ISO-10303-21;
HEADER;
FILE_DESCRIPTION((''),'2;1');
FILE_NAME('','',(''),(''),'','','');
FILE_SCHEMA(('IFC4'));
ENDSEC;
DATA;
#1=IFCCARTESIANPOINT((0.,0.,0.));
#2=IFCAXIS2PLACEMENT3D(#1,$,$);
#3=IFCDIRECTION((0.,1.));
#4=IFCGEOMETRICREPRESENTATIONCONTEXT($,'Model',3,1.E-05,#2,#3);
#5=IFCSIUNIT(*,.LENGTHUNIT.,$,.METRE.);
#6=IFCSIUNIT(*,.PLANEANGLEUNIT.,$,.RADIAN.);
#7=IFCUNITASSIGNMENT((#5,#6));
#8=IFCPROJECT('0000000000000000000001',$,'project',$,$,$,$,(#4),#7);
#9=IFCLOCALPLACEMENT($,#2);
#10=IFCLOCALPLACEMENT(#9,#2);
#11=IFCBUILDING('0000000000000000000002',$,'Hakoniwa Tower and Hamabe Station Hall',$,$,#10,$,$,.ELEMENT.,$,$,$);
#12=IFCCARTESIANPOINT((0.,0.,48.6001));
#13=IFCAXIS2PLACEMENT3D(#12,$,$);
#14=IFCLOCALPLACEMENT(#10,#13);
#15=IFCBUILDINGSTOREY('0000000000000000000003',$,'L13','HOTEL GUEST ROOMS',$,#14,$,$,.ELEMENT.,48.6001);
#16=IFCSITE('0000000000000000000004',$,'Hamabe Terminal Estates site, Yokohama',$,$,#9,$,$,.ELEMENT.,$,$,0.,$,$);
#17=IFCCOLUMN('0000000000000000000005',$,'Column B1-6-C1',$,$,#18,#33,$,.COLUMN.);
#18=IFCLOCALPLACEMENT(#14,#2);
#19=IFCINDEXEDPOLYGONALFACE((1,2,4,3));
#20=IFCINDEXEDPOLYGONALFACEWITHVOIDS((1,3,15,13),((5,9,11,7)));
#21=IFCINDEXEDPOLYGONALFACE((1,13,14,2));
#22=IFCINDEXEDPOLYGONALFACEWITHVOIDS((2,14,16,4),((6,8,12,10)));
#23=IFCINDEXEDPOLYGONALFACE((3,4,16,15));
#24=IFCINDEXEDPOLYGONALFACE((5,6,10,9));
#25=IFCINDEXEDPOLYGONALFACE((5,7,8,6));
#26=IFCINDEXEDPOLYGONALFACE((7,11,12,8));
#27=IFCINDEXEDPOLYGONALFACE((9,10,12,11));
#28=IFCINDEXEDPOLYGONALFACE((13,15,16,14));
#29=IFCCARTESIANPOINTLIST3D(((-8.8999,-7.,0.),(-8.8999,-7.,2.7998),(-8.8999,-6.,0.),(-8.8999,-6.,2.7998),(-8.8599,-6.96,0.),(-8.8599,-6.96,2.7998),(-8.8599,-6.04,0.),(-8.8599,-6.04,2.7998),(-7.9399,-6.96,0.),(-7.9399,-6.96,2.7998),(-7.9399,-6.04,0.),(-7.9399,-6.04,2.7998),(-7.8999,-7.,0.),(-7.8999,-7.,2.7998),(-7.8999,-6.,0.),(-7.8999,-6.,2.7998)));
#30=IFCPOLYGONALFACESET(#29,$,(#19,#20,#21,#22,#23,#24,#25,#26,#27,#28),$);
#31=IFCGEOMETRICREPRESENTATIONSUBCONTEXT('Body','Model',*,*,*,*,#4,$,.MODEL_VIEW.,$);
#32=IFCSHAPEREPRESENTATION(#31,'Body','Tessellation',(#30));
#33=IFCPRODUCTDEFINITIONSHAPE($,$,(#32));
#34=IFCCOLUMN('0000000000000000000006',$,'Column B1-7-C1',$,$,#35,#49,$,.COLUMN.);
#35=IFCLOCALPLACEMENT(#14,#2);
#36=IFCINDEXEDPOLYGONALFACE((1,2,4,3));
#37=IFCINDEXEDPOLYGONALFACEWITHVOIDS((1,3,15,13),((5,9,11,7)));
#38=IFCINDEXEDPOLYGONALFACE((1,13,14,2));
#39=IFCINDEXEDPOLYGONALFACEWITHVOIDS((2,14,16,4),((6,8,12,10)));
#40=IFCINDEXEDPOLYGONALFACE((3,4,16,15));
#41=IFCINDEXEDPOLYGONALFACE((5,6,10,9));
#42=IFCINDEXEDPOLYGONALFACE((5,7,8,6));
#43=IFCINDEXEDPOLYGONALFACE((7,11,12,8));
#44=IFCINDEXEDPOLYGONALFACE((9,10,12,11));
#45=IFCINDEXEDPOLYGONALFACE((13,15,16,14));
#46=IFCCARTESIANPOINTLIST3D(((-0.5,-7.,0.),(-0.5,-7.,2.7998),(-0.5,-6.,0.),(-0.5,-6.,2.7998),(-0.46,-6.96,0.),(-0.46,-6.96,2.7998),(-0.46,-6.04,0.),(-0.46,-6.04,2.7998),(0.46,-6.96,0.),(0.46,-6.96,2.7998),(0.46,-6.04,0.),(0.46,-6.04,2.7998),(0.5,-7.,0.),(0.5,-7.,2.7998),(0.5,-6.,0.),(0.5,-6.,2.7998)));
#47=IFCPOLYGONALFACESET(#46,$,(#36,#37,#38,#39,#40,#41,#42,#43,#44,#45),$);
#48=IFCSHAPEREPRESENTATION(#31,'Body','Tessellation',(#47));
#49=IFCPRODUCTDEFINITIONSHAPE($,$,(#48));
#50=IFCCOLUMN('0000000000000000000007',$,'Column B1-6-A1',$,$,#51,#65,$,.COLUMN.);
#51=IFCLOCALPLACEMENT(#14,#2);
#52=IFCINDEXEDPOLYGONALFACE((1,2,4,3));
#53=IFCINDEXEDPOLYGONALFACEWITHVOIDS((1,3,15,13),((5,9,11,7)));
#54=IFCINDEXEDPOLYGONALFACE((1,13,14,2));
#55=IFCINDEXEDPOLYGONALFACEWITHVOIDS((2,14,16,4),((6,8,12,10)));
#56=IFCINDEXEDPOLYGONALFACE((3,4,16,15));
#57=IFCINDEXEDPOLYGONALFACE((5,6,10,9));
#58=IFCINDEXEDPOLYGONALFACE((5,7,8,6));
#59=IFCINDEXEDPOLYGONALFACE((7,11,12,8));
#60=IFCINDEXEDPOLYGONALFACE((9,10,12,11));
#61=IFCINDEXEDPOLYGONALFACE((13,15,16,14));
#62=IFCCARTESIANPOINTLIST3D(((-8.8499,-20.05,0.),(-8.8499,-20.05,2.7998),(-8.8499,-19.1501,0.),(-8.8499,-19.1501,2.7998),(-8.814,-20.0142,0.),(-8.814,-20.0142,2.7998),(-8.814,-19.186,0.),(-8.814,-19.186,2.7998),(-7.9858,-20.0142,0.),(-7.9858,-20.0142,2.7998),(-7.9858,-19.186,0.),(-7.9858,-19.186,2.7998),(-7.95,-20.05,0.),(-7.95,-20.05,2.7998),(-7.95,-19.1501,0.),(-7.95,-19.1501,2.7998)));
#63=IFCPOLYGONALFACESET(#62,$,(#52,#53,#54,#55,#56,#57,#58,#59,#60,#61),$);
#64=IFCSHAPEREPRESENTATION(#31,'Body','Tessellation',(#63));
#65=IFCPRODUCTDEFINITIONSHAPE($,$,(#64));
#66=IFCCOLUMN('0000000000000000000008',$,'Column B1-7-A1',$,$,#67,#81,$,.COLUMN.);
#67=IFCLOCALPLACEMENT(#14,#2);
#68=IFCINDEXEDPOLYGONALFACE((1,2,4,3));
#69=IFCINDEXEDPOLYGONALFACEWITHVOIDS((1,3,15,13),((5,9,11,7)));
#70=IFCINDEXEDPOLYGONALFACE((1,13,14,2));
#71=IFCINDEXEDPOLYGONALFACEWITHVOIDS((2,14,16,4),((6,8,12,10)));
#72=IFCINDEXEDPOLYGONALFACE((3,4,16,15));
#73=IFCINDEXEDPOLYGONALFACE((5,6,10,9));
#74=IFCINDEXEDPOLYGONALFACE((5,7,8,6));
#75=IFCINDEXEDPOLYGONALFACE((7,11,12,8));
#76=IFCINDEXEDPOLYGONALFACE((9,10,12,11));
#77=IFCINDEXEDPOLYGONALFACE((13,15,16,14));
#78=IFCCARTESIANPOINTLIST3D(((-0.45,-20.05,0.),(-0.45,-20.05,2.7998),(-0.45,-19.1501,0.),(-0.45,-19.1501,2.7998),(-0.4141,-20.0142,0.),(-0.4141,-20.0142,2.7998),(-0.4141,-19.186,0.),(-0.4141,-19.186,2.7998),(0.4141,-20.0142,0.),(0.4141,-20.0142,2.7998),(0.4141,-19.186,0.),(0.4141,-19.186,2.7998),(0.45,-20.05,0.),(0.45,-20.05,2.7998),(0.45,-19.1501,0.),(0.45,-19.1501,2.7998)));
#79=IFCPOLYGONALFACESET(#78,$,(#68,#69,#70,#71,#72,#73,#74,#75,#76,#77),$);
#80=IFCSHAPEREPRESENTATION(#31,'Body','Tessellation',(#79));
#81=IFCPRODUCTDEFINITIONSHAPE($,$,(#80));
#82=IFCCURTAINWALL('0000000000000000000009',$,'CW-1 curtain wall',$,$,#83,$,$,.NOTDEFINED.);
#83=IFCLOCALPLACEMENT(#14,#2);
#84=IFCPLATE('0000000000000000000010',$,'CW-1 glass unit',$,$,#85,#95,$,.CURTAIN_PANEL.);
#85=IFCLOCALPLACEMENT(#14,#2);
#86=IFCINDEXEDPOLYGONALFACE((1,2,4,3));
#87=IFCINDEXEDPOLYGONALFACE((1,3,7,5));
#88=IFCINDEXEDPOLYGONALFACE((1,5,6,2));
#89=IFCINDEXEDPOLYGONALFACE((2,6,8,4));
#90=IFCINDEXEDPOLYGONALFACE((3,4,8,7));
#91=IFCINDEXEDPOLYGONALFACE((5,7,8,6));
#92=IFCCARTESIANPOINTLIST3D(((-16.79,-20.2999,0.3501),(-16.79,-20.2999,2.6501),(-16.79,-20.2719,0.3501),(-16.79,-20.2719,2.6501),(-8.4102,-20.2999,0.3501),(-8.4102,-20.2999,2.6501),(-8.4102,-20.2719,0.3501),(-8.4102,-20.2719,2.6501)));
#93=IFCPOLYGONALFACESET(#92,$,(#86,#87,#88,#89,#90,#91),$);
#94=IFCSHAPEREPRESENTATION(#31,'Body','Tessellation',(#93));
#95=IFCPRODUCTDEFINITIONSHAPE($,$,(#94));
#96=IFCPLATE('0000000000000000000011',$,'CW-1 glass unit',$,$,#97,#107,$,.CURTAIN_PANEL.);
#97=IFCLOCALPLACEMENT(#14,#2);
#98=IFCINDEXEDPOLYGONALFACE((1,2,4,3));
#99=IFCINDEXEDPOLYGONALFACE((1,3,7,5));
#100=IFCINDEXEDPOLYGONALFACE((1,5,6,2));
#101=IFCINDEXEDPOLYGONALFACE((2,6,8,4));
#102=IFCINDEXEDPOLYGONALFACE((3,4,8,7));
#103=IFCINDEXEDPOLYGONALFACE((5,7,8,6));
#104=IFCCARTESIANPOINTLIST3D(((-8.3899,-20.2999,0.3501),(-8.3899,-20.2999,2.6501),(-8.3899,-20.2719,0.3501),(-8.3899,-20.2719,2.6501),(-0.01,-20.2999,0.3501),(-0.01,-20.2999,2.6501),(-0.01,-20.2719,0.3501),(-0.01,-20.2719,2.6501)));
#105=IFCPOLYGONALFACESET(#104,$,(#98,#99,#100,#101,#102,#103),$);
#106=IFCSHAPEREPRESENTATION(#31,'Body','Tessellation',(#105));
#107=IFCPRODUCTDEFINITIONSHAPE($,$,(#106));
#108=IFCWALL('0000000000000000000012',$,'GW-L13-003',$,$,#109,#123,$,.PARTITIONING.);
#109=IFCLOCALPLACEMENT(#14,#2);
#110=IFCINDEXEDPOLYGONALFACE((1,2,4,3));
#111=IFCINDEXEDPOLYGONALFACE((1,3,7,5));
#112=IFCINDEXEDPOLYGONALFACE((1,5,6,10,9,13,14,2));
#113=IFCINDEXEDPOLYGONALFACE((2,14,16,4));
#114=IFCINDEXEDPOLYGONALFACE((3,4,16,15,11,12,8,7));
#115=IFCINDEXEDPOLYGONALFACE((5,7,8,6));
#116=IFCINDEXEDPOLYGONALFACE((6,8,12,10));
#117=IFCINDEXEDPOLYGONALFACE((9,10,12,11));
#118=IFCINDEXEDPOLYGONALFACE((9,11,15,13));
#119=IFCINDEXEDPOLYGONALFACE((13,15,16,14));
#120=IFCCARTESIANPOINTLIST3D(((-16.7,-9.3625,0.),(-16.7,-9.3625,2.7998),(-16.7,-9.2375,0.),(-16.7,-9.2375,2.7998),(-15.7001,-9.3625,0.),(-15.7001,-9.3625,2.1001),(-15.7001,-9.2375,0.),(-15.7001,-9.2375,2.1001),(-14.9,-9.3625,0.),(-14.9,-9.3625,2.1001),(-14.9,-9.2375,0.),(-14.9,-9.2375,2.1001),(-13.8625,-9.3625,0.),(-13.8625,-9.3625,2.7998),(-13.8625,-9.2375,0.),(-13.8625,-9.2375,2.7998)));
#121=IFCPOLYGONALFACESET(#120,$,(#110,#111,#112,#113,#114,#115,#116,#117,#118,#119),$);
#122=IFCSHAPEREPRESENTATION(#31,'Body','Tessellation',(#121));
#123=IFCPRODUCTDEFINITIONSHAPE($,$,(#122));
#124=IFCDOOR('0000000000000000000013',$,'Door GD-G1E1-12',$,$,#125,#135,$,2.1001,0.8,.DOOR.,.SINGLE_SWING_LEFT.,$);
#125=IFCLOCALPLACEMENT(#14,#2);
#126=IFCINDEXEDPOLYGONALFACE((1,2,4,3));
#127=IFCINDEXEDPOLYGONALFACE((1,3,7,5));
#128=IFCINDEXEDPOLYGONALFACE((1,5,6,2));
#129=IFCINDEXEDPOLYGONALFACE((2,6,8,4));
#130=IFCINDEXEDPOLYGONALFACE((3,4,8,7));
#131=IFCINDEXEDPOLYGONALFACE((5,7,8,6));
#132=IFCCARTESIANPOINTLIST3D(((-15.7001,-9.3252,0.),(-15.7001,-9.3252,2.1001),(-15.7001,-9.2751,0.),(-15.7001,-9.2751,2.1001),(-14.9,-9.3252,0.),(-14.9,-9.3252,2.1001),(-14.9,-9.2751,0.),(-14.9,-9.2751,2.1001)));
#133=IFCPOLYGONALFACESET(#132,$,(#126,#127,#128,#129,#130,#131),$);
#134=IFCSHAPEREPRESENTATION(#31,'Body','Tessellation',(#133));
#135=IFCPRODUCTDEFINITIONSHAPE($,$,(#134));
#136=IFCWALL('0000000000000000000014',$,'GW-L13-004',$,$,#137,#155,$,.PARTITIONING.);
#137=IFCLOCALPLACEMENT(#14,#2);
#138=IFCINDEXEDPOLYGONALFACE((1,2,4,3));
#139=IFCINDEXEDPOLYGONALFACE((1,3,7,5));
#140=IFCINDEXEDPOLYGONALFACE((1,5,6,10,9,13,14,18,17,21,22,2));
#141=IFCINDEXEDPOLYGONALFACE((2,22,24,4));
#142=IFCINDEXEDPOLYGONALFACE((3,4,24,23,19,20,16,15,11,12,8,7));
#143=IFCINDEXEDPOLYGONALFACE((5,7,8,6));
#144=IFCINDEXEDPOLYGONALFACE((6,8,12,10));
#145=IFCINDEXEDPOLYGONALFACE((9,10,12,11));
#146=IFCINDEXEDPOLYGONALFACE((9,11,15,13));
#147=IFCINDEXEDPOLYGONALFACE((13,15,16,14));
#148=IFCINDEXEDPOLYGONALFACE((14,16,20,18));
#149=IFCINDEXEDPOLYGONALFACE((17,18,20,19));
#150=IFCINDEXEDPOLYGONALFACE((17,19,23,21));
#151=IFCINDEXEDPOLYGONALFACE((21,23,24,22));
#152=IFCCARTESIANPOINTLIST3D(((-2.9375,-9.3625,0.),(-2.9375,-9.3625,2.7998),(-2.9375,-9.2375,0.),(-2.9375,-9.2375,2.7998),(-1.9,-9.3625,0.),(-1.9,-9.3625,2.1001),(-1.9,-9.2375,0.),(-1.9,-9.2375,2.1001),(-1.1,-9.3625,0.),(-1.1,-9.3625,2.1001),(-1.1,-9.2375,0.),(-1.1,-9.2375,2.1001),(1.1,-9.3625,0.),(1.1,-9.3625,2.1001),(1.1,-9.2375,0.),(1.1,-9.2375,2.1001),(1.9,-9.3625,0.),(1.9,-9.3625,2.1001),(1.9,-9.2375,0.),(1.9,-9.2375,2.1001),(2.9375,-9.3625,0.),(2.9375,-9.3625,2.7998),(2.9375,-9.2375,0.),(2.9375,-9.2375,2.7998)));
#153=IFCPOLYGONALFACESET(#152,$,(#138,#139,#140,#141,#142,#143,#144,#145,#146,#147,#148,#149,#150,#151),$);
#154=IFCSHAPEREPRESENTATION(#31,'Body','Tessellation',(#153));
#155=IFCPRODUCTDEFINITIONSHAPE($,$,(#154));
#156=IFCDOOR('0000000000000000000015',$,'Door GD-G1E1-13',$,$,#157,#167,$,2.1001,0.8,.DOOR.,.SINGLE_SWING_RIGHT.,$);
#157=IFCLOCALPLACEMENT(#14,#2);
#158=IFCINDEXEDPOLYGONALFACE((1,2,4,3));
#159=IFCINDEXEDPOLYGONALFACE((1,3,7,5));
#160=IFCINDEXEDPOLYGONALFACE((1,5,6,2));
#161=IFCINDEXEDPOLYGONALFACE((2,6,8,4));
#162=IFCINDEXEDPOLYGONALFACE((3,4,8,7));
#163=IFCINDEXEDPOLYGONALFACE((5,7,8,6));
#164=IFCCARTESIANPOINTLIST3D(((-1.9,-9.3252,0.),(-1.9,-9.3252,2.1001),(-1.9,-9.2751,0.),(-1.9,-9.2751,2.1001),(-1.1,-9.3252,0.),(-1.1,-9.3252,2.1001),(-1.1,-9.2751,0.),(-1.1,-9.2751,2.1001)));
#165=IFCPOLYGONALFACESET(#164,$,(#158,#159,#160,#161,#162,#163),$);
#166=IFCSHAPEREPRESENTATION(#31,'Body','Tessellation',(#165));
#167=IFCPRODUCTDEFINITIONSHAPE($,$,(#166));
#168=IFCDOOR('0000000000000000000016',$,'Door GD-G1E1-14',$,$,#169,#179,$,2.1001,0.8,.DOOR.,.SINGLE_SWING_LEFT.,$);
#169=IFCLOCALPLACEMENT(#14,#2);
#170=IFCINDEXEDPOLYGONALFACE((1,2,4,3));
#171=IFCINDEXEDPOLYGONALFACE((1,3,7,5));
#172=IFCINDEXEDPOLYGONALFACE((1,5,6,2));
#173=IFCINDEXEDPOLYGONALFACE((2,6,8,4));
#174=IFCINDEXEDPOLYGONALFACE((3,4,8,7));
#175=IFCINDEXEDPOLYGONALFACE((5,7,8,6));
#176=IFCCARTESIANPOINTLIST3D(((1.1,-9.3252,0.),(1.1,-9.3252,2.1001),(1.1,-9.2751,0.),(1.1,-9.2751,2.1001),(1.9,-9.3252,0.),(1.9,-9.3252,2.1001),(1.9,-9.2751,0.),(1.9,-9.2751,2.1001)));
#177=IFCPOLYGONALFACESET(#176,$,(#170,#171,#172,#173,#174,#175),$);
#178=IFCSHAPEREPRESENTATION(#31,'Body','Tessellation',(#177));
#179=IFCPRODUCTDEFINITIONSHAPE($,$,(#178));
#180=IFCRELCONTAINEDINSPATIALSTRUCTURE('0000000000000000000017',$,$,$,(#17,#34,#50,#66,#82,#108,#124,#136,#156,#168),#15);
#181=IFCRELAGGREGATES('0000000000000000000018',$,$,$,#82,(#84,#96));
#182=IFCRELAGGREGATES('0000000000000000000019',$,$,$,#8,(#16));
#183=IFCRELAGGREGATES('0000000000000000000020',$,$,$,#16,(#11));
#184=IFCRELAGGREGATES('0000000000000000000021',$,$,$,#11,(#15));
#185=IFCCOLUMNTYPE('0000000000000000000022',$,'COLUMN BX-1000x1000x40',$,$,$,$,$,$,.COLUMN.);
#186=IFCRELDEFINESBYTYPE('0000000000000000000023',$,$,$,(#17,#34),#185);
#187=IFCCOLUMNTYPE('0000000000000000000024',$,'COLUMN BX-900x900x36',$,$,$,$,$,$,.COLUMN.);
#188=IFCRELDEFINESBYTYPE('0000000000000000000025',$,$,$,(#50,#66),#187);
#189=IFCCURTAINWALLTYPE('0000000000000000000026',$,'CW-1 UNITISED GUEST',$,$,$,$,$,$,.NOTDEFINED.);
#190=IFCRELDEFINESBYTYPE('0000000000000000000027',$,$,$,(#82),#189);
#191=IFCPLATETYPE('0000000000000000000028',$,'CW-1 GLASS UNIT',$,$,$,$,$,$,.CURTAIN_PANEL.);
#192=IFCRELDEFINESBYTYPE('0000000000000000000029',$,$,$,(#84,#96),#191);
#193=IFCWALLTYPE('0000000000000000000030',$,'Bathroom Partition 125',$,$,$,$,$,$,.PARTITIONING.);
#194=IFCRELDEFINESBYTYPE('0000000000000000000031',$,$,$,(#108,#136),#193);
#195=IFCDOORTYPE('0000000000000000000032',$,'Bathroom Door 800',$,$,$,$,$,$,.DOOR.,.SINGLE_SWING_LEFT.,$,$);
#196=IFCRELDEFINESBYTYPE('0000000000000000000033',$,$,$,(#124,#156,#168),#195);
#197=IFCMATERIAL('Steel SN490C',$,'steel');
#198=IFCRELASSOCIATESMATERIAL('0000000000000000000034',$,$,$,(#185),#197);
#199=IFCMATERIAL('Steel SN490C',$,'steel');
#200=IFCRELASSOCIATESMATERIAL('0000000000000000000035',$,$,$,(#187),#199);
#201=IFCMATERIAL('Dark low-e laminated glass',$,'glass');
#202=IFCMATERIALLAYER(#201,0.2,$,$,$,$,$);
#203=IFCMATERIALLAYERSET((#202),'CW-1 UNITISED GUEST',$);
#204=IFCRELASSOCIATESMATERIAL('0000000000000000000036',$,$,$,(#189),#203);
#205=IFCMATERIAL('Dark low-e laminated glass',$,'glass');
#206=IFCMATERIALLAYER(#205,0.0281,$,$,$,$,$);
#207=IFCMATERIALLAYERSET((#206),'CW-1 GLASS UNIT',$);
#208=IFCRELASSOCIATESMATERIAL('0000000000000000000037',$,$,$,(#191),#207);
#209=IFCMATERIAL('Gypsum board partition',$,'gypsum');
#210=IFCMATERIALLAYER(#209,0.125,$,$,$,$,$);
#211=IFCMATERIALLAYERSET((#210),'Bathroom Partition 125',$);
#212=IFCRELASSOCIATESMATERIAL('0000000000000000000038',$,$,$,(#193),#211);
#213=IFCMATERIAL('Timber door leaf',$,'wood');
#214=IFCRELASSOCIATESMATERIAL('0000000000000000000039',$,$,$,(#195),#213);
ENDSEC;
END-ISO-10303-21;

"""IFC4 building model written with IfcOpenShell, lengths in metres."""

from ifc_helpers import new_model, si_unit, direction, frame, frame_2d, origin, origin_2d, place, context, subcontext, project, spatial, rectangle, hollow_rectangle, extrude, material, layer, layer_set, material_profile, profile_set, type_object, element, fill, aggregate, save


model = new_model("IFC4")

# Units and contexts
model_context = context("Model", 3, precision=1e-05, world=origin(), true_north=direction((0.0, 1.0)))
body_context = subcontext(model_context, "Body", "Model", "MODEL_VIEW")
ifc_project = project(units=[si_unit("LENGTHUNIT", "METRE"), si_unit("PLANEANGLEUNIT", "RADIAN")], contexts=[model_context])

# Site, building, storey
site_placement = place(None, origin())
site = spatial("IfcSite", under=ifc_project, at=site_placement, Name="Hamabe Terminal Estates site, Yokohama", CompositionType="ELEMENT", RefElevation=0.0)
building_placement = place(site_placement, origin())
building = spatial("IfcBuilding", under=site, at=building_placement, Name="Hakoniwa Tower and Hamabe Station Hall", CompositionType="ELEMENT")
storey_placement = place(building_placement, frame((0.0, 0.0, 48.6001)))
storey = spatial("IfcBuildingStorey", under=building, at=storey_placement, Name="L13", Description="HOTEL GUEST ROOMS", CompositionType="ELEMENT", Elevation=48.6001)

# Columns
ifc_material_1 = material(Name="Steel SN490C", Category="steel")
ifc_material_profile_1 = material_profile(ifc_material_1, hollow_rectangle(XDim=1.0, YDim=1.0, WallThickness=0.04, at=origin_2d()), Name="BX-1000x1000x40")
ifc_profile_set_1 = profile_set([ifc_material_profile_1], Name="Steel SN490C")
column_type_1 = type_object("IfcColumnType", Name="COLUMN BX-1000x1000x40", PredefinedType="COLUMN", material=ifc_profile_set_1)
for number, where, z_axis, x_axis, name in (
    (1, (-8.3999, -6.5, 0.0), (0.0, 0.0, 1.0), (1.0, 0.0, 0.0), "Column B1-6-C1"),
    (2, (0.0, -6.5, 0.0), (0.0, 0.0, 1.0), (1.0, 0.0, 0.0), "Column B1-7-C1"),
):
    element("IfcColumn", number, at=place(storey_placement, frame(where, z_axis=z_axis, x_axis=x_axis)), inside=storey, type_object=column_type_1, Name=name, PredefinedType="COLUMN", context=body_context, shape_type="SweptSolid", body=[
        extrude(hollow_rectangle(XDim=1.0, YDim=1.0, WallThickness=0.04, at=origin_2d()), origin(), (0.0, 0.0, 1.0), 2.7998),
    ])
ifc_material_2 = material(Name="Steel SN490C", Category="steel")
ifc_material_profile_2 = material_profile(ifc_material_2, hollow_rectangle(XDim=0.8999, YDim=0.8999, WallThickness=0.0359, at=origin_2d()), Name="BX-900x900x36")
ifc_profile_set_2 = profile_set([ifc_material_profile_2], Name="Steel SN490C")
column_type_2 = type_object("IfcColumnType", Name="COLUMN BX-900x900x36", PredefinedType="COLUMN", material=ifc_profile_set_2)
for number, where, z_axis, x_axis, name in (
    (3, (-8.3999, -19.6001, 0.0), (0.0, 0.0, 1.0), (1.0, 0.0, 0.0), "Column B1-6-A1"),
    (4, (0.0, -19.6001, 0.0), (0.0, 0.0, 1.0), (1.0, 0.0, 0.0), "Column B1-7-A1"),
):
    element("IfcColumn", number, at=place(storey_placement, frame(where, z_axis=z_axis, x_axis=x_axis)), inside=storey, type_object=column_type_2, Name=name, PredefinedType="COLUMN", context=body_context, shape_type="SweptSolid", body=[
        extrude(hollow_rectangle(XDim=0.8999, YDim=0.8999, WallThickness=0.0359, at=origin_2d()), origin(), (0.0, 0.0, 1.0), 2.7998),
    ])

# Curtain wall, plates
ifc_material_3 = material(Name="Dark low-e laminated glass", Category="glass")
ifc_layer_1 = layer(ifc_material_3, 0.2)
ifc_layer_set_1 = layer_set([ifc_layer_1], Name="CW-1 UNITISED GUEST")
curtain_wall_type = type_object("IfcCurtainWallType", Name="CW-1 UNITISED GUEST", PredefinedType="NOTDEFINED", material=ifc_layer_set_1)
curtain_wall_placement = place(storey_placement, origin())
curtain_wall = element("IfcCurtainWall", 5, at=curtain_wall_placement, inside=storey, type_object=curtain_wall_type, Name="CW-1 curtain wall", PredefinedType="NOTDEFINED")
ifc_material_4 = material(Name="Dark low-e laminated glass", Category="glass")
ifc_layer_2 = layer(ifc_material_4, 0.0281)
ifc_layer_set_2 = layer_set([ifc_layer_2], Name="CW-1 GLASS UNIT")
plate_type = type_object("IfcPlateType", Name="CW-1 GLASS UNIT", PredefinedType="CURTAIN_PANEL", material=ifc_layer_set_2)
plate_1_placement = place(storey_placement, frame((-12.6001, -20.2859, 0.3501), z_axis=(0.0, 0.0, 1.0), x_axis=(1.0, 0.0, 0.0)))
plate_1 = element("IfcPlate", 6, at=plate_1_placement, type_object=plate_type, Name="CW-1 glass unit", PredefinedType="CURTAIN_PANEL", context=body_context, shape_type="SweptSolid", body=[
    extrude(rectangle(XDim=8.3799, YDim=0.0281, at=origin_2d()), origin(), (0.0, 0.0, 1.0), 2.3),
])
plate_2_placement = place(storey_placement, frame((-4.2, -20.2859, 0.3501), z_axis=(0.0, 0.0, 1.0), x_axis=(1.0, 0.0, 0.0)))
plate_2 = element("IfcPlate", 7, at=plate_2_placement, type_object=plate_type, Name="CW-1 glass unit", PredefinedType="CURTAIN_PANEL", context=body_context, shape_type="SweptSolid", body=[
    extrude(rectangle(XDim=8.3799, YDim=0.0281, at=origin_2d()), origin(), (0.0, 0.0, 1.0), 2.3),
])
aggregate(curtain_wall, [plate_1, plate_2])

# Wall, opening, door
ifc_material_5 = material(Name="Gypsum board partition", Category="gypsum")
ifc_layer_3 = layer(ifc_material_5, 0.125)
ifc_layer_set_3 = layer_set([ifc_layer_3], Name="Bathroom Partition 125")
wall_type_1 = type_object("IfcWallType", Name="Bathroom Partition 125", PredefinedType="PARTITIONING", material=ifc_layer_set_3)
wall_1_placement = place(storey_placement, frame((-16.7, -9.3, 0.0), z_axis=(0.0, 0.0, 1.0), x_axis=(1.0, 0.0, 0.0)))
wall_1 = element("IfcWall", 8, at=wall_1_placement, inside=storey, type_object=wall_type_1, Name="GW-L13-003", PredefinedType="PARTITIONING", context=body_context, shape_type="SweptSolid", body=[
    extrude(rectangle(XDim=2.8374, YDim=0.125, at=frame_2d((1.4187, 0.0))), origin(), (0.0, 0.0, 1.0), 2.7998),
])
opening_1_placement = place(wall_1_placement, frame((1.0, 0.0, 0.0)))
opening_1 = element("IfcOpeningElement", 9, at=opening_1_placement, cuts=wall_1, PredefinedType="OPENING", context=body_context, shape_type="SweptSolid", body=[
    extrude(rectangle(XDim=0.8, YDim=2.1001, at=frame_2d((0.3999, 1.05))), frame((0.0, 0.0725, 0.0), z_axis=(0.0, -1.0, 0.0), x_axis=(1.0, 0.0, 0.0)), (0.0, 0.0, 1.0), 0.145),
])
ifc_material_6 = material(Name="Timber door leaf", Category="wood")
door_type_1 = type_object("IfcDoorType", Name="Bathroom Door 800", OperationType="SINGLE_SWING_LEFT", PredefinedType="DOOR", material=ifc_material_6)
door_1_placement = place(opening_1_placement, origin())
door_1 = element("IfcDoor", 10, at=door_1_placement, inside=storey, type_object=door_type_1, Name="Door GD-G1E1-12", OperationType="SINGLE_SWING_LEFT", OverallHeight=2.1001, OverallWidth=0.8, PredefinedType="DOOR", context=body_context, shape_type="SweptSolid", body=[
    extrude(rectangle(XDim=0.8, YDim=2.1001, at=frame_2d((0.3999, 1.05))), frame((0.0, 0.0249, 0.0), z_axis=(0.0, -1.0, 0.0), x_axis=(1.0, 0.0, 0.0)), (0.0, 0.0, 1.0), 0.05),
])
fill(opening_1, door_1)

# Wall, openings, doors
wall_2_placement = place(storey_placement, frame((-2.9375, -9.3, 0.0), z_axis=(0.0, 0.0, 1.0), x_axis=(1.0, 0.0, 0.0)))
wall_2 = element("IfcWall", 11, at=wall_2_placement, inside=storey, type_object=wall_type_1, Name="GW-L13-004", PredefinedType="PARTITIONING", context=body_context, shape_type="SweptSolid", body=[
    extrude(rectangle(XDim=5.875, YDim=0.125, at=frame_2d((2.9375, 0.0))), origin(), (0.0, 0.0, 1.0), 2.7998),
])
opening_2_placement = place(wall_2_placement, frame((1.0376, 0.0, 0.0)))
opening_2 = element("IfcOpeningElement", 12, at=opening_2_placement, cuts=wall_2, PredefinedType="OPENING", context=body_context, shape_type="SweptSolid", body=[
    extrude(rectangle(XDim=0.8, YDim=2.1001, at=frame_2d((0.3999, 1.05))), frame((0.0, 0.0725, 0.0), z_axis=(0.0, -1.0, 0.0), x_axis=(1.0, 0.0, 0.0)), (0.0, 0.0, 1.0), 0.145),
])
opening_3_placement = place(wall_2_placement, frame((4.0376, 0.0, 0.0)))
opening_3 = element("IfcOpeningElement", 13, at=opening_3_placement, cuts=wall_2, PredefinedType="OPENING", context=body_context, shape_type="SweptSolid", body=[
    extrude(rectangle(XDim=0.8, YDim=2.1001, at=frame_2d((0.3999, 1.05))), frame((0.0, 0.0725, 0.0), z_axis=(0.0, -1.0, 0.0), x_axis=(1.0, 0.0, 0.0)), (0.0, 0.0, 1.0), 0.145),
])
door_2_placement = place(opening_2_placement, origin())
door_2 = element("IfcDoor", 14, at=door_2_placement, inside=storey, type_object=door_type_1, Name="Door GD-G1E1-13", OperationType="SINGLE_SWING_RIGHT", OverallHeight=2.1001, OverallWidth=0.8, PredefinedType="DOOR", context=body_context, shape_type="SweptSolid", body=[
    extrude(rectangle(XDim=0.8, YDim=2.1001, at=frame_2d((0.3999, 1.05))), frame((0.0, 0.0249, 0.0), z_axis=(0.0, -1.0, 0.0), x_axis=(1.0, 0.0, 0.0)), (0.0, 0.0, 1.0), 0.05),
])
fill(opening_2, door_2)
door_3_placement = place(opening_3_placement, origin())
door_3 = element("IfcDoor", 15, at=door_3_placement, inside=storey, type_object=door_type_1, Name="Door GD-G1E1-14", OperationType="SINGLE_SWING_LEFT", OverallHeight=2.1001, OverallWidth=0.8, PredefinedType="DOOR", context=body_context, shape_type="SweptSolid", body=[
    extrude(rectangle(XDim=0.8, YDim=2.1001, at=frame_2d((0.3999, 1.05))), frame((0.0, 0.0249, 0.0), z_axis=(0.0, -1.0, 0.0), x_axis=(1.0, 0.0, 0.0)), (0.0, 0.0, 1.0), 0.05),
])
fill(opening_3, door_3)

save(model, "model.ifc")
